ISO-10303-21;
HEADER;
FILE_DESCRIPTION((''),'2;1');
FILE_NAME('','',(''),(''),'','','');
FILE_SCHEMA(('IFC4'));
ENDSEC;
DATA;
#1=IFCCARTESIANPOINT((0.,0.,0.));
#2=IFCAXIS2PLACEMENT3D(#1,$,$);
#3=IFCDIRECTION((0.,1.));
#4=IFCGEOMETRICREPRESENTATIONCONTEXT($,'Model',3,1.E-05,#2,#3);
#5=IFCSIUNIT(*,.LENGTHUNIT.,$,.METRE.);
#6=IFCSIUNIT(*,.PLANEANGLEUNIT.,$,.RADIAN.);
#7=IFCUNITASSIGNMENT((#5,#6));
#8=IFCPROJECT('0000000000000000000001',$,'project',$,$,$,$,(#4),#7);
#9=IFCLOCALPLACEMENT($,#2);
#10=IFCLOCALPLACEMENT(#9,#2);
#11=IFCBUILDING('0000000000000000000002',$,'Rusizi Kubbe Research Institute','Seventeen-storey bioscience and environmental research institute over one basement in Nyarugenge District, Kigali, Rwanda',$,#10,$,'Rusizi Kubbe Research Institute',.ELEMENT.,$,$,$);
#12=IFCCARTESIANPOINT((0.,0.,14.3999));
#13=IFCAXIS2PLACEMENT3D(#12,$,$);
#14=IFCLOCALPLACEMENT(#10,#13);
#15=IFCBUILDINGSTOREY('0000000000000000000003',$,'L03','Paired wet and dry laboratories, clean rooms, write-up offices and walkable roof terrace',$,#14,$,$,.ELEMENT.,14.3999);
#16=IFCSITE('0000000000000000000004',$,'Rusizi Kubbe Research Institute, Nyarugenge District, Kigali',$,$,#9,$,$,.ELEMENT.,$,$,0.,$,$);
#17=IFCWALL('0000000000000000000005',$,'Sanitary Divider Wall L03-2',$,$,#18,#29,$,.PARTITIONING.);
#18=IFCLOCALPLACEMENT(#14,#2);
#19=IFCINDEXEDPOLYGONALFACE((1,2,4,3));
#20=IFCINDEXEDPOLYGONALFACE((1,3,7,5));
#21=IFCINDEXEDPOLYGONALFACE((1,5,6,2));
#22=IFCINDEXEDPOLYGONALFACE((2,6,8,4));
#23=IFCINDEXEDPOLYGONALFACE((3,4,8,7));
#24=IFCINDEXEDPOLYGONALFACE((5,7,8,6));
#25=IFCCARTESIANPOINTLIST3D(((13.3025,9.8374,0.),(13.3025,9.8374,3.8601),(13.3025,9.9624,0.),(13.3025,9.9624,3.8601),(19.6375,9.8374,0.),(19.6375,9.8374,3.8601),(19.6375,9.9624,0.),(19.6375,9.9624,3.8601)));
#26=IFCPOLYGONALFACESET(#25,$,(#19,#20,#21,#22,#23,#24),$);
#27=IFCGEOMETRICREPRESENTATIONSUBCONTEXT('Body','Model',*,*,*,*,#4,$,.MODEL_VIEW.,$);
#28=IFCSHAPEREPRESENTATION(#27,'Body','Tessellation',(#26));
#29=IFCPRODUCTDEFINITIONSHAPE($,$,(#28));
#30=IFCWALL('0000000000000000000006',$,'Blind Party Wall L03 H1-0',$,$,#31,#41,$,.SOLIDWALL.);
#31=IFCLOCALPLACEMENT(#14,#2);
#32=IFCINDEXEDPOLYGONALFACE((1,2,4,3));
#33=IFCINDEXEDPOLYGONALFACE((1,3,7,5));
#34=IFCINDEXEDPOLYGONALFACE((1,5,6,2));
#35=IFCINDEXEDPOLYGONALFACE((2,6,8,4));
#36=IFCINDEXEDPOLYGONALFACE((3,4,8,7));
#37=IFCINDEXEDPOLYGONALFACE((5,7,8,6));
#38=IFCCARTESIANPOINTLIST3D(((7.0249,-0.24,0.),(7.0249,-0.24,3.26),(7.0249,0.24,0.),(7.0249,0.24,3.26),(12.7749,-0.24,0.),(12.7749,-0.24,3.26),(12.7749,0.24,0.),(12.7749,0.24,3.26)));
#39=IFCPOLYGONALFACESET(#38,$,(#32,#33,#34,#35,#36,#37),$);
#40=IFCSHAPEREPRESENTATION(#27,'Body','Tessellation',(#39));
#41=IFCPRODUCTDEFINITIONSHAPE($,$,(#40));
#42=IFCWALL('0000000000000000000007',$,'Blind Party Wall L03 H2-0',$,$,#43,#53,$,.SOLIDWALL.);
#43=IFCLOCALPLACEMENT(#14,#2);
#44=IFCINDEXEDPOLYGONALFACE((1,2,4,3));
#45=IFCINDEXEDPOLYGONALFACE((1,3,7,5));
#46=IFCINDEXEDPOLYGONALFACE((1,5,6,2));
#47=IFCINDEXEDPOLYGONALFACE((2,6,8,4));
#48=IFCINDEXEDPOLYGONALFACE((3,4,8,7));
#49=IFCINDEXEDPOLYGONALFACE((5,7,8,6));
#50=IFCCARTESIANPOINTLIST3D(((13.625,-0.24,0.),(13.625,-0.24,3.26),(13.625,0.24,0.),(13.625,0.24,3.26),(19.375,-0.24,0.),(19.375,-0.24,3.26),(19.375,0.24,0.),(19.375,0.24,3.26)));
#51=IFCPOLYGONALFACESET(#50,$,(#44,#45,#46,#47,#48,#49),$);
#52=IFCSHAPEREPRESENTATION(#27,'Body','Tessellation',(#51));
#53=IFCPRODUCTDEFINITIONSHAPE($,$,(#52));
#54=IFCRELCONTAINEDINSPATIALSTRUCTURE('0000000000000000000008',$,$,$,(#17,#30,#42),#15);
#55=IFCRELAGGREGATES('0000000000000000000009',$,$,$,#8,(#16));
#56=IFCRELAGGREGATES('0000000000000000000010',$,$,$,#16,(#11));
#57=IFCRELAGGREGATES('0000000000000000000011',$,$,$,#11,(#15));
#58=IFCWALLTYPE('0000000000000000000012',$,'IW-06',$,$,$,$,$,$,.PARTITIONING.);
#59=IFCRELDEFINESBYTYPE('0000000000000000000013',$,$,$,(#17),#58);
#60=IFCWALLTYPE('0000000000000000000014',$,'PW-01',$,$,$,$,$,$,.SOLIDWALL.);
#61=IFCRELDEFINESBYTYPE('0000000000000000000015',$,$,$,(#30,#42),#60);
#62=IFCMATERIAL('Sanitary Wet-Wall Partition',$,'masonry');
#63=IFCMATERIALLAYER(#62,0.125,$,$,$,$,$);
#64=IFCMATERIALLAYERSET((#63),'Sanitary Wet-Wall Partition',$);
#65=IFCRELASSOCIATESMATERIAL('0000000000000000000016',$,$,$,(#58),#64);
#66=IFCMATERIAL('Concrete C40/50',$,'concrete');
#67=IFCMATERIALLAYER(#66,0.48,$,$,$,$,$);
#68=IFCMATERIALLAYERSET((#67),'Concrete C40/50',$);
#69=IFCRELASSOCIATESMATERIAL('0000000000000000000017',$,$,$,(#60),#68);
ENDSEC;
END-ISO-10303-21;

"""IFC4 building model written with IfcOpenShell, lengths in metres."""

from ifc_helpers import new_model, si_unit, direction, frame, frame_2d, origin, place, context, subcontext, project, spatial, rectangle, extrude, material, layer, layer_set, type_object, element, save


model = new_model("IFC4")

# Units and contexts
model_context = context("Model", 3, precision=1e-05, world=origin(), true_north=direction((0.0, 1.0)))
body_context = subcontext(model_context, "Body", "Model", "MODEL_VIEW")
ifc_project = project(units=[si_unit("LENGTHUNIT", "METRE"), si_unit("PLANEANGLEUNIT", "RADIAN")], contexts=[model_context])

# Site, building, storey
site_placement = place(None, origin())
site = spatial("IfcSite", under=ifc_project, at=site_placement, Name="Rusizi Kubbe Research Institute, Nyarugenge District, Kigali", CompositionType="ELEMENT", RefElevation=0.0)
building_placement = place(site_placement, origin())
building = spatial("IfcBuilding", under=site, at=building_placement, Name="Rusizi Kubbe Research Institute", Description="Seventeen-storey bioscience and environmental research institute over one basement in Nyarugenge District, Kigali, Rwanda", LongName="Rusizi Kubbe Research Institute", CompositionType="ELEMENT")
storey_placement = place(building_placement, frame((0.0, 0.0, 14.3999)))
storey = spatial("IfcBuildingStorey", under=building, at=storey_placement, Name="L03", Description="Paired wet and dry laboratories, clean rooms, write-up offices and walkable roof terrace", CompositionType="ELEMENT", Elevation=14.3999)

# Walls
ifc_material_1 = material(Name="Sanitary Wet-Wall Partition", Category="masonry")
ifc_layer_1 = layer(ifc_material_1, 0.125)
ifc_layer_set_1 = layer_set([ifc_layer_1], Name="Sanitary Wet-Wall Partition")
wall_type_1 = type_object("IfcWallType", Name="IW-06", PredefinedType="PARTITIONING", material=ifc_layer_set_1)
wall_1_placement = place(storey_placement, frame((13.3025, 9.8999, 0.0), z_axis=(0.0, 0.0, 1.0), x_axis=(1.0, 0.0, 0.0)))
element("IfcWall", 1, at=wall_1_placement, inside=storey, type_object=wall_type_1, Name="Sanitary Divider Wall L03-2", PredefinedType="PARTITIONING", context=body_context, shape_type="SweptSolid", body=[
    extrude(rectangle(XDim=6.335, YDim=0.125, at=frame_2d((3.1675, 0.0))), origin(), (0.0, 0.0, 1.0), 3.8601),
])
ifc_material_2 = material(Name="Concrete C40/50", Category="concrete")
ifc_layer_2 = layer(ifc_material_2, 0.48)
ifc_layer_set_2 = layer_set([ifc_layer_2], Name="Concrete C40/50")
wall_type_2 = type_object("IfcWallType", Name="PW-01", PredefinedType="SOLIDWALL", material=ifc_layer_set_2)
for number, where, z_axis, x_axis, name in (
    (2, (7.0249, 0.0, 0.0), (0.0, 0.0, 1.0), (1.0, 0.0, 0.0), "Blind Party Wall L03 H1-0"),
    (3, (13.625, 0.0, 0.0), (0.0, 0.0, 1.0), (1.0, 0.0, 0.0), "Blind Party Wall L03 H2-0"),
):
    element("IfcWall", number, at=place(storey_placement, frame(where, z_axis=z_axis, x_axis=x_axis)), inside=storey, type_object=wall_type_2, Name=name, PredefinedType="SOLIDWALL", context=body_context, shape_type="SweptSolid", body=[
        extrude(rectangle(XDim=5.75, YDim=0.48, at=frame_2d((2.875, 0.0))), origin(), (0.0, 0.0, 1.0), 3.26),
    ])

save(model, "model.ifc")
